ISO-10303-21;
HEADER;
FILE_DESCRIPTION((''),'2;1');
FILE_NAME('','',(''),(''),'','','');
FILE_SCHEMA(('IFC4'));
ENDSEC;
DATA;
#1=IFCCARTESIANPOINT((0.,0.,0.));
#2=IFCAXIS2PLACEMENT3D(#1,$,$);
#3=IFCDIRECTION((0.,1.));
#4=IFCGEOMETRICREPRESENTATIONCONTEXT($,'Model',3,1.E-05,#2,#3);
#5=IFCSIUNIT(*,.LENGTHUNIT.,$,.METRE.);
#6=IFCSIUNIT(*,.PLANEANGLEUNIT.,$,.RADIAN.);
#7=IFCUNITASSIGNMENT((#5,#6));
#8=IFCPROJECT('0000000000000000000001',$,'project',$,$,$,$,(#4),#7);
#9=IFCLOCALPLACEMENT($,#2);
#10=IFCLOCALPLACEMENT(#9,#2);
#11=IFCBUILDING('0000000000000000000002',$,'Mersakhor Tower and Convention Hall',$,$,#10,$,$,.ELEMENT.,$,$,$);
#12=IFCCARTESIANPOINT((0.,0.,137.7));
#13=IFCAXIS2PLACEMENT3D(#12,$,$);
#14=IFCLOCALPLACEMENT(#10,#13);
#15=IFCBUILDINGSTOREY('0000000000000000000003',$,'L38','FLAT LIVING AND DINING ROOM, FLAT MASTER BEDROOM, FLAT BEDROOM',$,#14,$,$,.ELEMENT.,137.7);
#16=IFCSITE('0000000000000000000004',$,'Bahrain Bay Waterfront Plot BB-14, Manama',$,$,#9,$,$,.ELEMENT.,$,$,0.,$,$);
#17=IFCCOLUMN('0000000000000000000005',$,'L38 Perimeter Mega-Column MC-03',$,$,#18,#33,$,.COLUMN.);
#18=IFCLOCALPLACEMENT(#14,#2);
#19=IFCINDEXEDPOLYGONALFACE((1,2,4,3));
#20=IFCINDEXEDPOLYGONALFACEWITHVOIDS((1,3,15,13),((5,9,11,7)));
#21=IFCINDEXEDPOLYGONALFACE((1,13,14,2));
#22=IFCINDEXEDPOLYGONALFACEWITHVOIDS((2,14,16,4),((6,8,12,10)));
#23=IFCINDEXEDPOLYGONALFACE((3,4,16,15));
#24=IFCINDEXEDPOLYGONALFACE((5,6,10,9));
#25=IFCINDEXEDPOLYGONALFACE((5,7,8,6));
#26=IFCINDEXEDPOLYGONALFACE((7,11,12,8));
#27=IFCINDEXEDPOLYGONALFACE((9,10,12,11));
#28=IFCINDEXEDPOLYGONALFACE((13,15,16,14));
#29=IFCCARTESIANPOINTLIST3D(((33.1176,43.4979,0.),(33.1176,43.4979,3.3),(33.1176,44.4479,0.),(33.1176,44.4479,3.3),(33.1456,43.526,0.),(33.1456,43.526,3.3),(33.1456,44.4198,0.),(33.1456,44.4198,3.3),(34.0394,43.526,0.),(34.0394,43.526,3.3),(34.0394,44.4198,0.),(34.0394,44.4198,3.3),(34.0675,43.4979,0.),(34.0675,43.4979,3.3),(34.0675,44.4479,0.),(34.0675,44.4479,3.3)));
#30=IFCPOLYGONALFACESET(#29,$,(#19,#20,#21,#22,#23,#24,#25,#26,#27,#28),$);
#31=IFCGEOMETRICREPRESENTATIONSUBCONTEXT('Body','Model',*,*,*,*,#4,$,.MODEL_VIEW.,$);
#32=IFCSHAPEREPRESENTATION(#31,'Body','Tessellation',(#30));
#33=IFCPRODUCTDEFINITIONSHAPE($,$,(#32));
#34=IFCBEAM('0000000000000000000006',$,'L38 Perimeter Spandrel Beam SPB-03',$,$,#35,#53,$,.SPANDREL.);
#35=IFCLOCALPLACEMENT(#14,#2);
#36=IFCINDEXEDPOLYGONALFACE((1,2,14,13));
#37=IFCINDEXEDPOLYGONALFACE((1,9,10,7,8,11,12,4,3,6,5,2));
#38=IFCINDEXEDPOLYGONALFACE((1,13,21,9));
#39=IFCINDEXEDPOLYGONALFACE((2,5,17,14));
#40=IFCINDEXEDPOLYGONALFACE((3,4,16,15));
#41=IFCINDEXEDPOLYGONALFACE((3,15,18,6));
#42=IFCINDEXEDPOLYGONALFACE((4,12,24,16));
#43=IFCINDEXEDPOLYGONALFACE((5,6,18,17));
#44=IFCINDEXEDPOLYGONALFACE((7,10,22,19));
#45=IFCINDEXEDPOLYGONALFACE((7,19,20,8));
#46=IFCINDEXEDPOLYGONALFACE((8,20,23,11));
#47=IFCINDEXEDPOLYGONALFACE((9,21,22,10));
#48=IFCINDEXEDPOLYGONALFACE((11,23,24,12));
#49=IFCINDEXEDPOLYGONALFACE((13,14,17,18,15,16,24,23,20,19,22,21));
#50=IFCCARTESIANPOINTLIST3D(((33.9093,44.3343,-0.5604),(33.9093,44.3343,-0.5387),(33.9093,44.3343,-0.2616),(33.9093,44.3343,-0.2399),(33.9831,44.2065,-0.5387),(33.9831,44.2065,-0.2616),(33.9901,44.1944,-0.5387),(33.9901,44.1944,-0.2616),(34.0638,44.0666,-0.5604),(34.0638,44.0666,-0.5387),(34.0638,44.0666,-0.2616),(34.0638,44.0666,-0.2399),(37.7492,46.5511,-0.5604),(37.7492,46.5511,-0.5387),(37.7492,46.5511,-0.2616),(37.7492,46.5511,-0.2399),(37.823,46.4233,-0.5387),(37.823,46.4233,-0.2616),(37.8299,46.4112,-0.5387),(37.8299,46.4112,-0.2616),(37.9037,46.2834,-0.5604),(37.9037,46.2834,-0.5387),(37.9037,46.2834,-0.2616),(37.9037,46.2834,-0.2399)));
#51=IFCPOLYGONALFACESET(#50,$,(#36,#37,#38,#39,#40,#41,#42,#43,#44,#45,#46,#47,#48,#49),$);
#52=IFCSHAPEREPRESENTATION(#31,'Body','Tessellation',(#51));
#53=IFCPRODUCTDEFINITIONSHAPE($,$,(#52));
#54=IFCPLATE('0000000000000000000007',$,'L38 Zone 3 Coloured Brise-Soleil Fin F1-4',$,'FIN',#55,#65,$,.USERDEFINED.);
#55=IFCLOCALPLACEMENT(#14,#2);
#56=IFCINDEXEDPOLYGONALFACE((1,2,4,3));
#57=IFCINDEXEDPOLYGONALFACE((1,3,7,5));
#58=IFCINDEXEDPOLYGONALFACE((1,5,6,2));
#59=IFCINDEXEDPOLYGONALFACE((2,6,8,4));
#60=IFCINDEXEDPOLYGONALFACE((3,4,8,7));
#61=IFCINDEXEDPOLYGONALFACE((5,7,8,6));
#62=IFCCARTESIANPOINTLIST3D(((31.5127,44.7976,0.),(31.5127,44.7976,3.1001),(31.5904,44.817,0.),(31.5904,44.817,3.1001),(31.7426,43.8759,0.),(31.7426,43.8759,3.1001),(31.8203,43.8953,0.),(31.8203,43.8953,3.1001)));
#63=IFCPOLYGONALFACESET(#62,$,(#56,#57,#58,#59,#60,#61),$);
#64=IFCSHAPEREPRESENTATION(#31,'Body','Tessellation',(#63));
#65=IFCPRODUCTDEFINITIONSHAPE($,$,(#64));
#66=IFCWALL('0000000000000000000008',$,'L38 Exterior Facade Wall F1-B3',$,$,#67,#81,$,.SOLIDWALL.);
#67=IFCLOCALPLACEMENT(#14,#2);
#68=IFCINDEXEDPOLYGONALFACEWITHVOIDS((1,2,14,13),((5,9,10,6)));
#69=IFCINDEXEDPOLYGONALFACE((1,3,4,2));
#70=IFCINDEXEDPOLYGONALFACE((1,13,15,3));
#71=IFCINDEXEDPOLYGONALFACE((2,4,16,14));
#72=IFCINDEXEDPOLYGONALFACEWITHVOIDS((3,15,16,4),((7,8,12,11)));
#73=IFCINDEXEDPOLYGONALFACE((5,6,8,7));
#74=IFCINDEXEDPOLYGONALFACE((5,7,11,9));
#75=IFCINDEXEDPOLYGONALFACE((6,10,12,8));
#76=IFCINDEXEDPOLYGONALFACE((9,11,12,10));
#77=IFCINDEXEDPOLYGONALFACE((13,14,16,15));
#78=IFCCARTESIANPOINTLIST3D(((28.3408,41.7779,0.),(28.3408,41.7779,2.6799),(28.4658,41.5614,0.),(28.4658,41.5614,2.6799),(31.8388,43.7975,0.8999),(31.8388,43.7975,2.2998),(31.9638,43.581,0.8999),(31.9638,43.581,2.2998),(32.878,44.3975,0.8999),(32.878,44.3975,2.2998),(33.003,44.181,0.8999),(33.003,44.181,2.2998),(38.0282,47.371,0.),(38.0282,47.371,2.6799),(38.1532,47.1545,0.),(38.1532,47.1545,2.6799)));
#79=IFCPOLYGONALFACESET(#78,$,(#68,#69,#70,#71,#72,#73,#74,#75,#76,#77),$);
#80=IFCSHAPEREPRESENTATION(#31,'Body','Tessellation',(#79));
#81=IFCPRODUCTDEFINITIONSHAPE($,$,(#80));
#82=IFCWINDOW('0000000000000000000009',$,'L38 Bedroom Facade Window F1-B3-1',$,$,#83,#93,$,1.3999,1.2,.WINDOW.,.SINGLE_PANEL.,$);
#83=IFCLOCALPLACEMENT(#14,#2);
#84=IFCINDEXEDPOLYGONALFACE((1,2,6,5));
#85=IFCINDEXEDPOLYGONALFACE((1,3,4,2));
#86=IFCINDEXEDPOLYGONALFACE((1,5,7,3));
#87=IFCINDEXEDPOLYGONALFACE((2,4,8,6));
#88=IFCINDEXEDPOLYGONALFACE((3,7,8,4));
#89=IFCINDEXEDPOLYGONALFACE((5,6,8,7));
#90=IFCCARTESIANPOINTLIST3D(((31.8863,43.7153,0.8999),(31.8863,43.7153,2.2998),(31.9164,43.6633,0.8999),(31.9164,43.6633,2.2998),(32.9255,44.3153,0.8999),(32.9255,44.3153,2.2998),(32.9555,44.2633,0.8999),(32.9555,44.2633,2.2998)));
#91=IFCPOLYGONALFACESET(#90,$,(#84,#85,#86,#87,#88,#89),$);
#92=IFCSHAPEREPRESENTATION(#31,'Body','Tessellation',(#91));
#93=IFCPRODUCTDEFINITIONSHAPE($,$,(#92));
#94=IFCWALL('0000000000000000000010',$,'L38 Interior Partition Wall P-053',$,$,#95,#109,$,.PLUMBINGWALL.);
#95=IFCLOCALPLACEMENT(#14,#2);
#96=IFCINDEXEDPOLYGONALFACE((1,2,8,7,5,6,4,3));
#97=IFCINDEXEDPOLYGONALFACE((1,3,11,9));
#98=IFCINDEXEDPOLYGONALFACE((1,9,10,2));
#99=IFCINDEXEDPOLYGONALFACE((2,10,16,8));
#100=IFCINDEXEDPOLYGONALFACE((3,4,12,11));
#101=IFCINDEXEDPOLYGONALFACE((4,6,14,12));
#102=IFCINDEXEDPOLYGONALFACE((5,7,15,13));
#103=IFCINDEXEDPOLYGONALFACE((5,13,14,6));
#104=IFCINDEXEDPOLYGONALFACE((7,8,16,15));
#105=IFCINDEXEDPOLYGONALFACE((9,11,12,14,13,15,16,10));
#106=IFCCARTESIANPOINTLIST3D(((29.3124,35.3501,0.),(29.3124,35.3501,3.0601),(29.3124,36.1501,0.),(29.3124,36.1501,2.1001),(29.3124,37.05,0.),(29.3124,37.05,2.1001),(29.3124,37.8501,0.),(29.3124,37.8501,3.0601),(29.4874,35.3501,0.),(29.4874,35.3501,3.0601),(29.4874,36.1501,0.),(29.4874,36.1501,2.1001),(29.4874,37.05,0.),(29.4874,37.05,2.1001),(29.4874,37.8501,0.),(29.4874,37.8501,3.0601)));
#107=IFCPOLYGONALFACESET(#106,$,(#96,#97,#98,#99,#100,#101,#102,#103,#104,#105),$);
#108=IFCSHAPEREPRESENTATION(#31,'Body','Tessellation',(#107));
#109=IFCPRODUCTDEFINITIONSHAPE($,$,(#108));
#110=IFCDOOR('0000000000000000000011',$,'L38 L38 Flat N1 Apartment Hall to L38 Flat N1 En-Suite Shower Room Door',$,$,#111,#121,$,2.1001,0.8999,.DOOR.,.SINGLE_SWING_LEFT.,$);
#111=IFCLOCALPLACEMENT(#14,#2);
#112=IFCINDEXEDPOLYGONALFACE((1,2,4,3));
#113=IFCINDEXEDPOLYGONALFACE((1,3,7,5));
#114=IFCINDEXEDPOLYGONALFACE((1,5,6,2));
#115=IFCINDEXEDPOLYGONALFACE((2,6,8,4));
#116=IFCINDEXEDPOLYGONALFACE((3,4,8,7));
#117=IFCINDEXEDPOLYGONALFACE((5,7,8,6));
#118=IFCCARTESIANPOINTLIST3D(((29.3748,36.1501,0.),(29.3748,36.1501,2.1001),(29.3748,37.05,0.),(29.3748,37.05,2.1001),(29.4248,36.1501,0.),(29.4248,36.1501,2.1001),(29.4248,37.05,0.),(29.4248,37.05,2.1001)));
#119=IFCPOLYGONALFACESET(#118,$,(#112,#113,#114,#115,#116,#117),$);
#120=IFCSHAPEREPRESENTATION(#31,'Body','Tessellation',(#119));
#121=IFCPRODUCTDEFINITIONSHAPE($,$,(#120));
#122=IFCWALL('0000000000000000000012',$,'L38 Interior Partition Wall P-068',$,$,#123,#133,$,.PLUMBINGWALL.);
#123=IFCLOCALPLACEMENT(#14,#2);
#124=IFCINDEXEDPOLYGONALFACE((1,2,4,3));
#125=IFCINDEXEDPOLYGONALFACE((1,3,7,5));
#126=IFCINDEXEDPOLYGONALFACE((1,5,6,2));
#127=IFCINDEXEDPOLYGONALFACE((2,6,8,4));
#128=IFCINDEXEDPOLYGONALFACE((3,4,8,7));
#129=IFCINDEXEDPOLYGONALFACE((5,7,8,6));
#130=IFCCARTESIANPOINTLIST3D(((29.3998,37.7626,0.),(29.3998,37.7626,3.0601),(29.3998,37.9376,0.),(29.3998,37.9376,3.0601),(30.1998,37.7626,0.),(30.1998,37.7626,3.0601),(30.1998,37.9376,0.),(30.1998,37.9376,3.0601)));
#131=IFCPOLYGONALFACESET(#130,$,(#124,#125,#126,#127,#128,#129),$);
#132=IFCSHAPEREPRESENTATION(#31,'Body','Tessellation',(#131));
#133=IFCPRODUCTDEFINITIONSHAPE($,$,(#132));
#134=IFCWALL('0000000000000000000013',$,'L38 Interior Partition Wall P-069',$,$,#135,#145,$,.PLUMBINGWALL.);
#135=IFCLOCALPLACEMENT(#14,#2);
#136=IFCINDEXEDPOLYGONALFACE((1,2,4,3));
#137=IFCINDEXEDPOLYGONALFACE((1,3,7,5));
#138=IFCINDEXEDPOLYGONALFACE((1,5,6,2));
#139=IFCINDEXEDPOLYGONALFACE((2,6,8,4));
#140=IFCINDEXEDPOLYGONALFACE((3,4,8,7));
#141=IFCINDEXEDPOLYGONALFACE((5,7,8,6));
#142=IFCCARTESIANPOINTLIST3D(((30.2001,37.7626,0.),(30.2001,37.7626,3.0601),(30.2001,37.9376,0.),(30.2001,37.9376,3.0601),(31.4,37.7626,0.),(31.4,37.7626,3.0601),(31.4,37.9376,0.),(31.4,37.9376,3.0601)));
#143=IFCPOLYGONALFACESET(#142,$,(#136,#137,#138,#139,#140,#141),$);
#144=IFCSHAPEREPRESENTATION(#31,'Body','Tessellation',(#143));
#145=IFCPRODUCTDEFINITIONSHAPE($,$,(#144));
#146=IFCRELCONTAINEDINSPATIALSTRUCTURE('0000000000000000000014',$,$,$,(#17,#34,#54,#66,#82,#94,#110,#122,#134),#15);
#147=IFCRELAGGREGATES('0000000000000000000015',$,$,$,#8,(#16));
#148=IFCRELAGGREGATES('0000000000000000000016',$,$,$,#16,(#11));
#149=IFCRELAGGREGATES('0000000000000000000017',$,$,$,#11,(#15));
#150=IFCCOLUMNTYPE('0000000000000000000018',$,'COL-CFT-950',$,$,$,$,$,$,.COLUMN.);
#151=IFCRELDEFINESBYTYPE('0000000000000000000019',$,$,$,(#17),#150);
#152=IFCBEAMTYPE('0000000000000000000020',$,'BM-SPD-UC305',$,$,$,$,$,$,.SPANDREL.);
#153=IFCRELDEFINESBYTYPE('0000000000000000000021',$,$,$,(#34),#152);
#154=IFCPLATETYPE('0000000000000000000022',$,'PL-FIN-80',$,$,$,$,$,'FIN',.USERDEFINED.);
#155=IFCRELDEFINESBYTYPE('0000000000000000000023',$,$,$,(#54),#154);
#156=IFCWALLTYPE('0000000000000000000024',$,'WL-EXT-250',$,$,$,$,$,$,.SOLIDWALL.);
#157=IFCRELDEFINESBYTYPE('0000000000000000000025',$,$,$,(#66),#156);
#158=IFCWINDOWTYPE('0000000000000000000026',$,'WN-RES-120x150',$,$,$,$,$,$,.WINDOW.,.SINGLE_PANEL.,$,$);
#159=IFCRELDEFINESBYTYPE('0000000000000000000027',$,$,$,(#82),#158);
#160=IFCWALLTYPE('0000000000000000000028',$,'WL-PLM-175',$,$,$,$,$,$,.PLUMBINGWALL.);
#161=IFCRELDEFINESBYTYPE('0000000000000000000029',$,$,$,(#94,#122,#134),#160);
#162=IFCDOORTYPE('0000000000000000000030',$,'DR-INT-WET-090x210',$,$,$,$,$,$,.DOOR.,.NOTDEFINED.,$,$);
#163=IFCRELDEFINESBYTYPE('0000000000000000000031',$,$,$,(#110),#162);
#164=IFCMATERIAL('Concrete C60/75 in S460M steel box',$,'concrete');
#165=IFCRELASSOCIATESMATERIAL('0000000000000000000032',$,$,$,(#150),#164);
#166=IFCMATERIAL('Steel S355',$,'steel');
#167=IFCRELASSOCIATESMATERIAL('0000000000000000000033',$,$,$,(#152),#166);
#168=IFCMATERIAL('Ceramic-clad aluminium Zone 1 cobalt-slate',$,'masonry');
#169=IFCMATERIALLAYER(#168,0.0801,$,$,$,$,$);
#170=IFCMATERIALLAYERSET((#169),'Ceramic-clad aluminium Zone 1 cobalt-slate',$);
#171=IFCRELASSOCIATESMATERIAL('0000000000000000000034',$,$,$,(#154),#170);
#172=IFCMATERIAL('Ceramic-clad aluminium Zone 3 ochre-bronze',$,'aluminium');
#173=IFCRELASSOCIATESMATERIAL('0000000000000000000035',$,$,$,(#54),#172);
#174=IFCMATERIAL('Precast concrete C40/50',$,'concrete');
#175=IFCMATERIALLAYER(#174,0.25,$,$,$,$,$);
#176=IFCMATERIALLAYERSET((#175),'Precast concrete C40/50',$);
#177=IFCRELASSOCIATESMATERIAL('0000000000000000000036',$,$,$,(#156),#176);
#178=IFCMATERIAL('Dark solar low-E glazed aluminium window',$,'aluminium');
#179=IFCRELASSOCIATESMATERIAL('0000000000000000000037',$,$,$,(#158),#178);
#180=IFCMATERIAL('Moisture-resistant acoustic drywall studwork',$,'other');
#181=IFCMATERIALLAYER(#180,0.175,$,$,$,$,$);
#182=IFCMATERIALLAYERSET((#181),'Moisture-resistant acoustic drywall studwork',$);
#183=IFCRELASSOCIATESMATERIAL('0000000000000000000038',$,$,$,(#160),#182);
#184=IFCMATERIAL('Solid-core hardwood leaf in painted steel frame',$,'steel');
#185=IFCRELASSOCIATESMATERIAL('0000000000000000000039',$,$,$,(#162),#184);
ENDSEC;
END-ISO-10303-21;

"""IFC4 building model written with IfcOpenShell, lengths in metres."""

from ifc_helpers import new_model, si_unit, direction, frame, frame_2d, origin, origin_2d, place, context, subcontext, project, spatial, rectangle, hollow_rectangle, i_section, extrude, material, layer, layer_set, material_profile, profile_set, type_object, element, fill, save


model = new_model("IFC4")

# Units and contexts
model_context = context("Model", 3, precision=1e-05, world=origin(), true_north=direction((0.0, 1.0)))
body_context = subcontext(model_context, "Body", "Model", "MODEL_VIEW")
ifc_project = project(units=[si_unit("LENGTHUNIT", "METRE"), si_unit("PLANEANGLEUNIT", "RADIAN")], contexts=[model_context])

# Site, building, storey
site_placement = place(None, origin())
site = spatial("IfcSite", under=ifc_project, at=site_placement, Name="Bahrain Bay Waterfront Plot BB-14, Manama", CompositionType="ELEMENT", RefElevation=0.0)
building_placement = place(site_placement, origin())
building = spatial("IfcBuilding", under=site, at=building_placement, Name="Mersakhor Tower and Convention Hall", CompositionType="ELEMENT")
storey_placement = place(building_placement, frame((0.0, 0.0, 137.7)))
storey = spatial("IfcBuildingStorey", under=building, at=storey_placement, Name="L38", Description="FLAT LIVING AND DINING ROOM, FLAT MASTER BEDROOM, FLAT BEDROOM", CompositionType="ELEMENT", Elevation=137.7)

# Column
ifc_material_1 = material(Name="Concrete C60/75 in S460M steel box", Category="concrete")
ifc_material_profile_1 = material_profile(ifc_material_1, hollow_rectangle(XDim=0.95, YDim=0.95, WallThickness=0.0281, at=origin_2d()), Name="SHS 950x950x28")
ifc_profile_set_1 = profile_set([ifc_material_profile_1], Name="Concrete C60/75 in S460M steel box")
column_type = type_object("IfcColumnType", Name="COL-CFT-950", PredefinedType="COLUMN", material=ifc_profile_set_1)
column_placement = place(storey_placement, frame((33.5925, 43.9729, 0.0), z_axis=(0.0, 0.0, 1.0), x_axis=(1.0, 0.0, 0.0)))
element("IfcColumn", 1, at=column_placement, inside=storey, type_object=column_type, Name="L38 Perimeter Mega-Column MC-03", PredefinedType="COLUMN", context=body_context, shape_type="SweptSolid", body=[
    extrude(hollow_rectangle(XDim=0.95, YDim=0.95, WallThickness=0.0281, at=origin_2d()), origin(), (0.0, 0.0, 1.0), 3.3),
])

# Beam
ifc_material_2 = material(Name="Steel S355", Category="steel")
ifc_material_profile_2 = material_profile(ifc_material_2, i_section(OverallWidth=0.3091, OverallDepth=0.3206, WebThickness=0.0139, FlangeThickness=0.0217, at=origin_2d()), Name="UC 305x305x137")
ifc_profile_set_2 = profile_set([ifc_material_profile_2], Name="Steel S355")
beam_type = type_object("IfcBeamType", Name="BM-SPD-UC305", PredefinedType="SPANDREL", material=ifc_profile_set_2)
beam_placement = place(storey_placement, frame((33.9866, 44.2004, -0.4001), z_axis=(0.866039, 0.499977, 0.0), x_axis=(-0.499977, 0.866039, 0.0)))
element("IfcBeam", 2, at=beam_placement, inside=storey, type_object=beam_type, Name="L38 Perimeter Spandrel Beam SPB-03", PredefinedType="SPANDREL", context=body_context, shape_type="SweptSolid", body=[
    extrude(i_section(OverallWidth=0.3091, OverallDepth=0.3206, WebThickness=0.0139, FlangeThickness=0.0217, at=origin_2d()), origin(), (0.0, 0.0, 1.0), 4.4338),
])

# Plate
ifc_material_3 = material(Name="Ceramic-clad aluminium Zone 3 ochre-bronze", Category="aluminium")
ifc_material_4 = material(Name="Ceramic-clad aluminium Zone 1 cobalt-slate", Category="masonry")
ifc_layer_1 = layer(ifc_material_4, 0.0801)
ifc_layer_set_1 = layer_set([ifc_layer_1], Name="Ceramic-clad aluminium Zone 1 cobalt-slate")
plate_type = type_object("IfcPlateType", Name="PL-FIN-80", ElementType="FIN", PredefinedType="USERDEFINED", material=ifc_layer_set_1)
plate_placement = place(storey_placement, frame((31.6665, 44.3464, 0.0), z_axis=(0.0, 0.0, 1.0), x_axis=(-0.241922, 0.970296, 0.0)))
element("IfcPlate", 3, at=plate_placement, inside=storey, type_object=plate_type, material=ifc_material_3, Name="L38 Zone 3 Coloured Brise-Soleil Fin F1-4", ObjectType="FIN", PredefinedType="USERDEFINED", context=body_context, shape_type="SweptSolid", body=[
    extrude(rectangle(XDim=0.95, YDim=0.0801, at=origin_2d()), origin(), (0.0, 0.0, 1.0), 3.1001),
])

# Wall, opening, window
ifc_material_5 = material(Name="Precast concrete C40/50", Category="concrete")
ifc_layer_2 = layer(ifc_material_5, 0.25)
ifc_layer_set_2 = layer_set([ifc_layer_2], Name="Precast concrete C40/50")
wall_type_1 = type_object("IfcWallType", Name="WL-EXT-250", PredefinedType="SOLIDWALL", material=ifc_layer_set_2)
wall_1_placement = place(storey_placement, frame((28.4033, 41.6697, 0.0), z_axis=(0.0, 0.0, 1.0), x_axis=(0.866022, 0.500005, 0.0)))
wall_1 = element("IfcWall", 4, at=wall_1_placement, inside=storey, type_object=wall_type_1, Name="L38 Exterior Facade Wall F1-B3", PredefinedType="SOLIDWALL", context=body_context, shape_type="SweptSolid", body=[
    extrude(rectangle(XDim=11.186, YDim=0.25, at=frame_2d((5.593, 0.0))), origin(), (0.0, 0.0, 1.0), 2.6799),
])
opening_1_placement = place(wall_1_placement, frame((4.0391, 0.0, 0.8999)))
opening_1 = element("IfcOpeningElement", 5, at=opening_1_placement, cuts=wall_1, PredefinedType="OPENING", context=body_context, shape_type="SweptSolid", body=[
    extrude(rectangle(XDim=1.2, YDim=1.3999, at=frame_2d((0.6001, 0.7))), frame((0.0, 0.135, 0.0), z_axis=(0.0, -1.0, 0.0), x_axis=(1.0, 0.0, 0.0)), (0.0, 0.0, 1.0), 0.27),
])
ifc_material_6 = material(Name="Dark solar low-E glazed aluminium window", Category="aluminium")
window_type = type_object("IfcWindowType", Name="WN-RES-120x150", PartitioningType="SINGLE_PANEL", PredefinedType="WINDOW", material=ifc_material_6)
window_placement = place(opening_1_placement, origin())
window = element("IfcWindow", 6, at=window_placement, inside=storey, type_object=window_type, Name="L38 Bedroom Facade Window F1-B3-1", OverallHeight=1.3999, OverallWidth=1.2, PartitioningType="SINGLE_PANEL", PredefinedType="WINDOW", context=body_context, shape_type="SweptSolid", body=[
    extrude(rectangle(XDim=1.2, YDim=1.3999, at=frame_2d((0.6001, 0.7))), frame((0.0, 0.03, 0.0), z_axis=(0.0, -1.0, 0.0), x_axis=(1.0, 0.0, 0.0)), (0.0, 0.0, 1.0), 0.0601),
])
fill(opening_1, window)

# Wall, opening, door
ifc_material_7 = material(Name="Moisture-resistant acoustic drywall studwork", Category="other")
ifc_layer_3 = layer(ifc_material_7, 0.175)
ifc_layer_set_3 = layer_set([ifc_layer_3], Name="Moisture-resistant acoustic drywall studwork")
wall_type_2 = type_object("IfcWallType", Name="WL-PLM-175", PredefinedType="PLUMBINGWALL", material=ifc_layer_set_3)
wall_2_placement = place(storey_placement, frame((29.3999, 37.8501, 0.0), z_axis=(0.0, 0.0, 1.0), x_axis=(0.0, -1.0, 0.0)))
wall_2 = element("IfcWall", 7, at=wall_2_placement, inside=storey, type_object=wall_type_2, Name="L38 Interior Partition Wall P-053", PredefinedType="PLUMBINGWALL", context=body_context, shape_type="SweptSolid", body=[
    extrude(rectangle(XDim=2.5, YDim=0.175, at=frame_2d((1.25, 0.0))), origin(), (0.0, 0.0, 1.0), 3.0601),
])
opening_2_placement = place(wall_2_placement, frame((0.8, 0.0, 0.0)))
opening_2 = element("IfcOpeningElement", 8, at=opening_2_placement, cuts=wall_2, PredefinedType="OPENING", context=body_context, shape_type="SweptSolid", body=[
    extrude(rectangle(XDim=0.8999, YDim=2.1001, at=frame_2d((0.45, 1.05))), frame((0.0, 0.0974, 0.0), z_axis=(0.0, -1.0, 0.0), x_axis=(1.0, 0.0, 0.0)), (0.0, 0.0, 1.0), 0.1951),
])
ifc_material_8 = material(Name="Solid-core hardwood leaf in painted steel frame", Category="steel")
door_type_1 = type_object("IfcDoorType", Name="DR-INT-WET-090x210", OperationType="NOTDEFINED", PredefinedType="DOOR", material=ifc_material_8)
door_1_placement = place(opening_2_placement, origin())
door_1 = element("IfcDoor", 9, at=door_1_placement, inside=storey, type_object=door_type_1, Name="L38 L38 Flat N1 Apartment Hall to L38 Flat N1 En-Suite Shower Room Door", OperationType="SINGLE_SWING_LEFT", OverallHeight=2.1001, OverallWidth=0.8999, PredefinedType="DOOR", context=body_context, shape_type="SweptSolid", body=[
    extrude(rectangle(XDim=0.8999, YDim=2.1001, at=frame_2d((0.45, 1.05))), frame((0.0, 0.0249, 0.0), z_axis=(0.0, -1.0, 0.0), x_axis=(1.0, 0.0, 0.0)), (0.0, 0.0, 1.0), 0.05),
])
fill(opening_2, door_1)

# Walls
wall_3_placement = place(storey_placement, frame((29.3999, 37.8501, 0.0), z_axis=(0.0, 0.0, 1.0), x_axis=(1.0, 0.0, 0.0)))
element("IfcWall", 10, at=wall_3_placement, inside=storey, type_object=wall_type_2, Name="L38 Interior Partition Wall P-068", PredefinedType="PLUMBINGWALL", context=body_context, shape_type="SweptSolid", body=[
    extrude(rectangle(XDim=0.8, YDim=0.175, at=frame_2d((0.3999, 0.0))), origin(), (0.0, 0.0, 1.0), 3.0601),
])
wall_4_placement = place(storey_placement, frame((30.2, 37.8501, 0.0), z_axis=(0.0, 0.0, 1.0), x_axis=(1.0, 0.0, 0.0)))
element("IfcWall", 11, at=wall_4_placement, inside=storey, type_object=wall_type_2, Name="L38 Interior Partition Wall P-069", PredefinedType="PLUMBINGWALL", context=body_context, shape_type="SweptSolid", body=[
    extrude(rectangle(XDim=1.2, YDim=0.175, at=frame_2d((0.6001, 0.0))), origin(), (0.0, 0.0, 1.0), 3.0601),
])

save(model, "model.ifc")
